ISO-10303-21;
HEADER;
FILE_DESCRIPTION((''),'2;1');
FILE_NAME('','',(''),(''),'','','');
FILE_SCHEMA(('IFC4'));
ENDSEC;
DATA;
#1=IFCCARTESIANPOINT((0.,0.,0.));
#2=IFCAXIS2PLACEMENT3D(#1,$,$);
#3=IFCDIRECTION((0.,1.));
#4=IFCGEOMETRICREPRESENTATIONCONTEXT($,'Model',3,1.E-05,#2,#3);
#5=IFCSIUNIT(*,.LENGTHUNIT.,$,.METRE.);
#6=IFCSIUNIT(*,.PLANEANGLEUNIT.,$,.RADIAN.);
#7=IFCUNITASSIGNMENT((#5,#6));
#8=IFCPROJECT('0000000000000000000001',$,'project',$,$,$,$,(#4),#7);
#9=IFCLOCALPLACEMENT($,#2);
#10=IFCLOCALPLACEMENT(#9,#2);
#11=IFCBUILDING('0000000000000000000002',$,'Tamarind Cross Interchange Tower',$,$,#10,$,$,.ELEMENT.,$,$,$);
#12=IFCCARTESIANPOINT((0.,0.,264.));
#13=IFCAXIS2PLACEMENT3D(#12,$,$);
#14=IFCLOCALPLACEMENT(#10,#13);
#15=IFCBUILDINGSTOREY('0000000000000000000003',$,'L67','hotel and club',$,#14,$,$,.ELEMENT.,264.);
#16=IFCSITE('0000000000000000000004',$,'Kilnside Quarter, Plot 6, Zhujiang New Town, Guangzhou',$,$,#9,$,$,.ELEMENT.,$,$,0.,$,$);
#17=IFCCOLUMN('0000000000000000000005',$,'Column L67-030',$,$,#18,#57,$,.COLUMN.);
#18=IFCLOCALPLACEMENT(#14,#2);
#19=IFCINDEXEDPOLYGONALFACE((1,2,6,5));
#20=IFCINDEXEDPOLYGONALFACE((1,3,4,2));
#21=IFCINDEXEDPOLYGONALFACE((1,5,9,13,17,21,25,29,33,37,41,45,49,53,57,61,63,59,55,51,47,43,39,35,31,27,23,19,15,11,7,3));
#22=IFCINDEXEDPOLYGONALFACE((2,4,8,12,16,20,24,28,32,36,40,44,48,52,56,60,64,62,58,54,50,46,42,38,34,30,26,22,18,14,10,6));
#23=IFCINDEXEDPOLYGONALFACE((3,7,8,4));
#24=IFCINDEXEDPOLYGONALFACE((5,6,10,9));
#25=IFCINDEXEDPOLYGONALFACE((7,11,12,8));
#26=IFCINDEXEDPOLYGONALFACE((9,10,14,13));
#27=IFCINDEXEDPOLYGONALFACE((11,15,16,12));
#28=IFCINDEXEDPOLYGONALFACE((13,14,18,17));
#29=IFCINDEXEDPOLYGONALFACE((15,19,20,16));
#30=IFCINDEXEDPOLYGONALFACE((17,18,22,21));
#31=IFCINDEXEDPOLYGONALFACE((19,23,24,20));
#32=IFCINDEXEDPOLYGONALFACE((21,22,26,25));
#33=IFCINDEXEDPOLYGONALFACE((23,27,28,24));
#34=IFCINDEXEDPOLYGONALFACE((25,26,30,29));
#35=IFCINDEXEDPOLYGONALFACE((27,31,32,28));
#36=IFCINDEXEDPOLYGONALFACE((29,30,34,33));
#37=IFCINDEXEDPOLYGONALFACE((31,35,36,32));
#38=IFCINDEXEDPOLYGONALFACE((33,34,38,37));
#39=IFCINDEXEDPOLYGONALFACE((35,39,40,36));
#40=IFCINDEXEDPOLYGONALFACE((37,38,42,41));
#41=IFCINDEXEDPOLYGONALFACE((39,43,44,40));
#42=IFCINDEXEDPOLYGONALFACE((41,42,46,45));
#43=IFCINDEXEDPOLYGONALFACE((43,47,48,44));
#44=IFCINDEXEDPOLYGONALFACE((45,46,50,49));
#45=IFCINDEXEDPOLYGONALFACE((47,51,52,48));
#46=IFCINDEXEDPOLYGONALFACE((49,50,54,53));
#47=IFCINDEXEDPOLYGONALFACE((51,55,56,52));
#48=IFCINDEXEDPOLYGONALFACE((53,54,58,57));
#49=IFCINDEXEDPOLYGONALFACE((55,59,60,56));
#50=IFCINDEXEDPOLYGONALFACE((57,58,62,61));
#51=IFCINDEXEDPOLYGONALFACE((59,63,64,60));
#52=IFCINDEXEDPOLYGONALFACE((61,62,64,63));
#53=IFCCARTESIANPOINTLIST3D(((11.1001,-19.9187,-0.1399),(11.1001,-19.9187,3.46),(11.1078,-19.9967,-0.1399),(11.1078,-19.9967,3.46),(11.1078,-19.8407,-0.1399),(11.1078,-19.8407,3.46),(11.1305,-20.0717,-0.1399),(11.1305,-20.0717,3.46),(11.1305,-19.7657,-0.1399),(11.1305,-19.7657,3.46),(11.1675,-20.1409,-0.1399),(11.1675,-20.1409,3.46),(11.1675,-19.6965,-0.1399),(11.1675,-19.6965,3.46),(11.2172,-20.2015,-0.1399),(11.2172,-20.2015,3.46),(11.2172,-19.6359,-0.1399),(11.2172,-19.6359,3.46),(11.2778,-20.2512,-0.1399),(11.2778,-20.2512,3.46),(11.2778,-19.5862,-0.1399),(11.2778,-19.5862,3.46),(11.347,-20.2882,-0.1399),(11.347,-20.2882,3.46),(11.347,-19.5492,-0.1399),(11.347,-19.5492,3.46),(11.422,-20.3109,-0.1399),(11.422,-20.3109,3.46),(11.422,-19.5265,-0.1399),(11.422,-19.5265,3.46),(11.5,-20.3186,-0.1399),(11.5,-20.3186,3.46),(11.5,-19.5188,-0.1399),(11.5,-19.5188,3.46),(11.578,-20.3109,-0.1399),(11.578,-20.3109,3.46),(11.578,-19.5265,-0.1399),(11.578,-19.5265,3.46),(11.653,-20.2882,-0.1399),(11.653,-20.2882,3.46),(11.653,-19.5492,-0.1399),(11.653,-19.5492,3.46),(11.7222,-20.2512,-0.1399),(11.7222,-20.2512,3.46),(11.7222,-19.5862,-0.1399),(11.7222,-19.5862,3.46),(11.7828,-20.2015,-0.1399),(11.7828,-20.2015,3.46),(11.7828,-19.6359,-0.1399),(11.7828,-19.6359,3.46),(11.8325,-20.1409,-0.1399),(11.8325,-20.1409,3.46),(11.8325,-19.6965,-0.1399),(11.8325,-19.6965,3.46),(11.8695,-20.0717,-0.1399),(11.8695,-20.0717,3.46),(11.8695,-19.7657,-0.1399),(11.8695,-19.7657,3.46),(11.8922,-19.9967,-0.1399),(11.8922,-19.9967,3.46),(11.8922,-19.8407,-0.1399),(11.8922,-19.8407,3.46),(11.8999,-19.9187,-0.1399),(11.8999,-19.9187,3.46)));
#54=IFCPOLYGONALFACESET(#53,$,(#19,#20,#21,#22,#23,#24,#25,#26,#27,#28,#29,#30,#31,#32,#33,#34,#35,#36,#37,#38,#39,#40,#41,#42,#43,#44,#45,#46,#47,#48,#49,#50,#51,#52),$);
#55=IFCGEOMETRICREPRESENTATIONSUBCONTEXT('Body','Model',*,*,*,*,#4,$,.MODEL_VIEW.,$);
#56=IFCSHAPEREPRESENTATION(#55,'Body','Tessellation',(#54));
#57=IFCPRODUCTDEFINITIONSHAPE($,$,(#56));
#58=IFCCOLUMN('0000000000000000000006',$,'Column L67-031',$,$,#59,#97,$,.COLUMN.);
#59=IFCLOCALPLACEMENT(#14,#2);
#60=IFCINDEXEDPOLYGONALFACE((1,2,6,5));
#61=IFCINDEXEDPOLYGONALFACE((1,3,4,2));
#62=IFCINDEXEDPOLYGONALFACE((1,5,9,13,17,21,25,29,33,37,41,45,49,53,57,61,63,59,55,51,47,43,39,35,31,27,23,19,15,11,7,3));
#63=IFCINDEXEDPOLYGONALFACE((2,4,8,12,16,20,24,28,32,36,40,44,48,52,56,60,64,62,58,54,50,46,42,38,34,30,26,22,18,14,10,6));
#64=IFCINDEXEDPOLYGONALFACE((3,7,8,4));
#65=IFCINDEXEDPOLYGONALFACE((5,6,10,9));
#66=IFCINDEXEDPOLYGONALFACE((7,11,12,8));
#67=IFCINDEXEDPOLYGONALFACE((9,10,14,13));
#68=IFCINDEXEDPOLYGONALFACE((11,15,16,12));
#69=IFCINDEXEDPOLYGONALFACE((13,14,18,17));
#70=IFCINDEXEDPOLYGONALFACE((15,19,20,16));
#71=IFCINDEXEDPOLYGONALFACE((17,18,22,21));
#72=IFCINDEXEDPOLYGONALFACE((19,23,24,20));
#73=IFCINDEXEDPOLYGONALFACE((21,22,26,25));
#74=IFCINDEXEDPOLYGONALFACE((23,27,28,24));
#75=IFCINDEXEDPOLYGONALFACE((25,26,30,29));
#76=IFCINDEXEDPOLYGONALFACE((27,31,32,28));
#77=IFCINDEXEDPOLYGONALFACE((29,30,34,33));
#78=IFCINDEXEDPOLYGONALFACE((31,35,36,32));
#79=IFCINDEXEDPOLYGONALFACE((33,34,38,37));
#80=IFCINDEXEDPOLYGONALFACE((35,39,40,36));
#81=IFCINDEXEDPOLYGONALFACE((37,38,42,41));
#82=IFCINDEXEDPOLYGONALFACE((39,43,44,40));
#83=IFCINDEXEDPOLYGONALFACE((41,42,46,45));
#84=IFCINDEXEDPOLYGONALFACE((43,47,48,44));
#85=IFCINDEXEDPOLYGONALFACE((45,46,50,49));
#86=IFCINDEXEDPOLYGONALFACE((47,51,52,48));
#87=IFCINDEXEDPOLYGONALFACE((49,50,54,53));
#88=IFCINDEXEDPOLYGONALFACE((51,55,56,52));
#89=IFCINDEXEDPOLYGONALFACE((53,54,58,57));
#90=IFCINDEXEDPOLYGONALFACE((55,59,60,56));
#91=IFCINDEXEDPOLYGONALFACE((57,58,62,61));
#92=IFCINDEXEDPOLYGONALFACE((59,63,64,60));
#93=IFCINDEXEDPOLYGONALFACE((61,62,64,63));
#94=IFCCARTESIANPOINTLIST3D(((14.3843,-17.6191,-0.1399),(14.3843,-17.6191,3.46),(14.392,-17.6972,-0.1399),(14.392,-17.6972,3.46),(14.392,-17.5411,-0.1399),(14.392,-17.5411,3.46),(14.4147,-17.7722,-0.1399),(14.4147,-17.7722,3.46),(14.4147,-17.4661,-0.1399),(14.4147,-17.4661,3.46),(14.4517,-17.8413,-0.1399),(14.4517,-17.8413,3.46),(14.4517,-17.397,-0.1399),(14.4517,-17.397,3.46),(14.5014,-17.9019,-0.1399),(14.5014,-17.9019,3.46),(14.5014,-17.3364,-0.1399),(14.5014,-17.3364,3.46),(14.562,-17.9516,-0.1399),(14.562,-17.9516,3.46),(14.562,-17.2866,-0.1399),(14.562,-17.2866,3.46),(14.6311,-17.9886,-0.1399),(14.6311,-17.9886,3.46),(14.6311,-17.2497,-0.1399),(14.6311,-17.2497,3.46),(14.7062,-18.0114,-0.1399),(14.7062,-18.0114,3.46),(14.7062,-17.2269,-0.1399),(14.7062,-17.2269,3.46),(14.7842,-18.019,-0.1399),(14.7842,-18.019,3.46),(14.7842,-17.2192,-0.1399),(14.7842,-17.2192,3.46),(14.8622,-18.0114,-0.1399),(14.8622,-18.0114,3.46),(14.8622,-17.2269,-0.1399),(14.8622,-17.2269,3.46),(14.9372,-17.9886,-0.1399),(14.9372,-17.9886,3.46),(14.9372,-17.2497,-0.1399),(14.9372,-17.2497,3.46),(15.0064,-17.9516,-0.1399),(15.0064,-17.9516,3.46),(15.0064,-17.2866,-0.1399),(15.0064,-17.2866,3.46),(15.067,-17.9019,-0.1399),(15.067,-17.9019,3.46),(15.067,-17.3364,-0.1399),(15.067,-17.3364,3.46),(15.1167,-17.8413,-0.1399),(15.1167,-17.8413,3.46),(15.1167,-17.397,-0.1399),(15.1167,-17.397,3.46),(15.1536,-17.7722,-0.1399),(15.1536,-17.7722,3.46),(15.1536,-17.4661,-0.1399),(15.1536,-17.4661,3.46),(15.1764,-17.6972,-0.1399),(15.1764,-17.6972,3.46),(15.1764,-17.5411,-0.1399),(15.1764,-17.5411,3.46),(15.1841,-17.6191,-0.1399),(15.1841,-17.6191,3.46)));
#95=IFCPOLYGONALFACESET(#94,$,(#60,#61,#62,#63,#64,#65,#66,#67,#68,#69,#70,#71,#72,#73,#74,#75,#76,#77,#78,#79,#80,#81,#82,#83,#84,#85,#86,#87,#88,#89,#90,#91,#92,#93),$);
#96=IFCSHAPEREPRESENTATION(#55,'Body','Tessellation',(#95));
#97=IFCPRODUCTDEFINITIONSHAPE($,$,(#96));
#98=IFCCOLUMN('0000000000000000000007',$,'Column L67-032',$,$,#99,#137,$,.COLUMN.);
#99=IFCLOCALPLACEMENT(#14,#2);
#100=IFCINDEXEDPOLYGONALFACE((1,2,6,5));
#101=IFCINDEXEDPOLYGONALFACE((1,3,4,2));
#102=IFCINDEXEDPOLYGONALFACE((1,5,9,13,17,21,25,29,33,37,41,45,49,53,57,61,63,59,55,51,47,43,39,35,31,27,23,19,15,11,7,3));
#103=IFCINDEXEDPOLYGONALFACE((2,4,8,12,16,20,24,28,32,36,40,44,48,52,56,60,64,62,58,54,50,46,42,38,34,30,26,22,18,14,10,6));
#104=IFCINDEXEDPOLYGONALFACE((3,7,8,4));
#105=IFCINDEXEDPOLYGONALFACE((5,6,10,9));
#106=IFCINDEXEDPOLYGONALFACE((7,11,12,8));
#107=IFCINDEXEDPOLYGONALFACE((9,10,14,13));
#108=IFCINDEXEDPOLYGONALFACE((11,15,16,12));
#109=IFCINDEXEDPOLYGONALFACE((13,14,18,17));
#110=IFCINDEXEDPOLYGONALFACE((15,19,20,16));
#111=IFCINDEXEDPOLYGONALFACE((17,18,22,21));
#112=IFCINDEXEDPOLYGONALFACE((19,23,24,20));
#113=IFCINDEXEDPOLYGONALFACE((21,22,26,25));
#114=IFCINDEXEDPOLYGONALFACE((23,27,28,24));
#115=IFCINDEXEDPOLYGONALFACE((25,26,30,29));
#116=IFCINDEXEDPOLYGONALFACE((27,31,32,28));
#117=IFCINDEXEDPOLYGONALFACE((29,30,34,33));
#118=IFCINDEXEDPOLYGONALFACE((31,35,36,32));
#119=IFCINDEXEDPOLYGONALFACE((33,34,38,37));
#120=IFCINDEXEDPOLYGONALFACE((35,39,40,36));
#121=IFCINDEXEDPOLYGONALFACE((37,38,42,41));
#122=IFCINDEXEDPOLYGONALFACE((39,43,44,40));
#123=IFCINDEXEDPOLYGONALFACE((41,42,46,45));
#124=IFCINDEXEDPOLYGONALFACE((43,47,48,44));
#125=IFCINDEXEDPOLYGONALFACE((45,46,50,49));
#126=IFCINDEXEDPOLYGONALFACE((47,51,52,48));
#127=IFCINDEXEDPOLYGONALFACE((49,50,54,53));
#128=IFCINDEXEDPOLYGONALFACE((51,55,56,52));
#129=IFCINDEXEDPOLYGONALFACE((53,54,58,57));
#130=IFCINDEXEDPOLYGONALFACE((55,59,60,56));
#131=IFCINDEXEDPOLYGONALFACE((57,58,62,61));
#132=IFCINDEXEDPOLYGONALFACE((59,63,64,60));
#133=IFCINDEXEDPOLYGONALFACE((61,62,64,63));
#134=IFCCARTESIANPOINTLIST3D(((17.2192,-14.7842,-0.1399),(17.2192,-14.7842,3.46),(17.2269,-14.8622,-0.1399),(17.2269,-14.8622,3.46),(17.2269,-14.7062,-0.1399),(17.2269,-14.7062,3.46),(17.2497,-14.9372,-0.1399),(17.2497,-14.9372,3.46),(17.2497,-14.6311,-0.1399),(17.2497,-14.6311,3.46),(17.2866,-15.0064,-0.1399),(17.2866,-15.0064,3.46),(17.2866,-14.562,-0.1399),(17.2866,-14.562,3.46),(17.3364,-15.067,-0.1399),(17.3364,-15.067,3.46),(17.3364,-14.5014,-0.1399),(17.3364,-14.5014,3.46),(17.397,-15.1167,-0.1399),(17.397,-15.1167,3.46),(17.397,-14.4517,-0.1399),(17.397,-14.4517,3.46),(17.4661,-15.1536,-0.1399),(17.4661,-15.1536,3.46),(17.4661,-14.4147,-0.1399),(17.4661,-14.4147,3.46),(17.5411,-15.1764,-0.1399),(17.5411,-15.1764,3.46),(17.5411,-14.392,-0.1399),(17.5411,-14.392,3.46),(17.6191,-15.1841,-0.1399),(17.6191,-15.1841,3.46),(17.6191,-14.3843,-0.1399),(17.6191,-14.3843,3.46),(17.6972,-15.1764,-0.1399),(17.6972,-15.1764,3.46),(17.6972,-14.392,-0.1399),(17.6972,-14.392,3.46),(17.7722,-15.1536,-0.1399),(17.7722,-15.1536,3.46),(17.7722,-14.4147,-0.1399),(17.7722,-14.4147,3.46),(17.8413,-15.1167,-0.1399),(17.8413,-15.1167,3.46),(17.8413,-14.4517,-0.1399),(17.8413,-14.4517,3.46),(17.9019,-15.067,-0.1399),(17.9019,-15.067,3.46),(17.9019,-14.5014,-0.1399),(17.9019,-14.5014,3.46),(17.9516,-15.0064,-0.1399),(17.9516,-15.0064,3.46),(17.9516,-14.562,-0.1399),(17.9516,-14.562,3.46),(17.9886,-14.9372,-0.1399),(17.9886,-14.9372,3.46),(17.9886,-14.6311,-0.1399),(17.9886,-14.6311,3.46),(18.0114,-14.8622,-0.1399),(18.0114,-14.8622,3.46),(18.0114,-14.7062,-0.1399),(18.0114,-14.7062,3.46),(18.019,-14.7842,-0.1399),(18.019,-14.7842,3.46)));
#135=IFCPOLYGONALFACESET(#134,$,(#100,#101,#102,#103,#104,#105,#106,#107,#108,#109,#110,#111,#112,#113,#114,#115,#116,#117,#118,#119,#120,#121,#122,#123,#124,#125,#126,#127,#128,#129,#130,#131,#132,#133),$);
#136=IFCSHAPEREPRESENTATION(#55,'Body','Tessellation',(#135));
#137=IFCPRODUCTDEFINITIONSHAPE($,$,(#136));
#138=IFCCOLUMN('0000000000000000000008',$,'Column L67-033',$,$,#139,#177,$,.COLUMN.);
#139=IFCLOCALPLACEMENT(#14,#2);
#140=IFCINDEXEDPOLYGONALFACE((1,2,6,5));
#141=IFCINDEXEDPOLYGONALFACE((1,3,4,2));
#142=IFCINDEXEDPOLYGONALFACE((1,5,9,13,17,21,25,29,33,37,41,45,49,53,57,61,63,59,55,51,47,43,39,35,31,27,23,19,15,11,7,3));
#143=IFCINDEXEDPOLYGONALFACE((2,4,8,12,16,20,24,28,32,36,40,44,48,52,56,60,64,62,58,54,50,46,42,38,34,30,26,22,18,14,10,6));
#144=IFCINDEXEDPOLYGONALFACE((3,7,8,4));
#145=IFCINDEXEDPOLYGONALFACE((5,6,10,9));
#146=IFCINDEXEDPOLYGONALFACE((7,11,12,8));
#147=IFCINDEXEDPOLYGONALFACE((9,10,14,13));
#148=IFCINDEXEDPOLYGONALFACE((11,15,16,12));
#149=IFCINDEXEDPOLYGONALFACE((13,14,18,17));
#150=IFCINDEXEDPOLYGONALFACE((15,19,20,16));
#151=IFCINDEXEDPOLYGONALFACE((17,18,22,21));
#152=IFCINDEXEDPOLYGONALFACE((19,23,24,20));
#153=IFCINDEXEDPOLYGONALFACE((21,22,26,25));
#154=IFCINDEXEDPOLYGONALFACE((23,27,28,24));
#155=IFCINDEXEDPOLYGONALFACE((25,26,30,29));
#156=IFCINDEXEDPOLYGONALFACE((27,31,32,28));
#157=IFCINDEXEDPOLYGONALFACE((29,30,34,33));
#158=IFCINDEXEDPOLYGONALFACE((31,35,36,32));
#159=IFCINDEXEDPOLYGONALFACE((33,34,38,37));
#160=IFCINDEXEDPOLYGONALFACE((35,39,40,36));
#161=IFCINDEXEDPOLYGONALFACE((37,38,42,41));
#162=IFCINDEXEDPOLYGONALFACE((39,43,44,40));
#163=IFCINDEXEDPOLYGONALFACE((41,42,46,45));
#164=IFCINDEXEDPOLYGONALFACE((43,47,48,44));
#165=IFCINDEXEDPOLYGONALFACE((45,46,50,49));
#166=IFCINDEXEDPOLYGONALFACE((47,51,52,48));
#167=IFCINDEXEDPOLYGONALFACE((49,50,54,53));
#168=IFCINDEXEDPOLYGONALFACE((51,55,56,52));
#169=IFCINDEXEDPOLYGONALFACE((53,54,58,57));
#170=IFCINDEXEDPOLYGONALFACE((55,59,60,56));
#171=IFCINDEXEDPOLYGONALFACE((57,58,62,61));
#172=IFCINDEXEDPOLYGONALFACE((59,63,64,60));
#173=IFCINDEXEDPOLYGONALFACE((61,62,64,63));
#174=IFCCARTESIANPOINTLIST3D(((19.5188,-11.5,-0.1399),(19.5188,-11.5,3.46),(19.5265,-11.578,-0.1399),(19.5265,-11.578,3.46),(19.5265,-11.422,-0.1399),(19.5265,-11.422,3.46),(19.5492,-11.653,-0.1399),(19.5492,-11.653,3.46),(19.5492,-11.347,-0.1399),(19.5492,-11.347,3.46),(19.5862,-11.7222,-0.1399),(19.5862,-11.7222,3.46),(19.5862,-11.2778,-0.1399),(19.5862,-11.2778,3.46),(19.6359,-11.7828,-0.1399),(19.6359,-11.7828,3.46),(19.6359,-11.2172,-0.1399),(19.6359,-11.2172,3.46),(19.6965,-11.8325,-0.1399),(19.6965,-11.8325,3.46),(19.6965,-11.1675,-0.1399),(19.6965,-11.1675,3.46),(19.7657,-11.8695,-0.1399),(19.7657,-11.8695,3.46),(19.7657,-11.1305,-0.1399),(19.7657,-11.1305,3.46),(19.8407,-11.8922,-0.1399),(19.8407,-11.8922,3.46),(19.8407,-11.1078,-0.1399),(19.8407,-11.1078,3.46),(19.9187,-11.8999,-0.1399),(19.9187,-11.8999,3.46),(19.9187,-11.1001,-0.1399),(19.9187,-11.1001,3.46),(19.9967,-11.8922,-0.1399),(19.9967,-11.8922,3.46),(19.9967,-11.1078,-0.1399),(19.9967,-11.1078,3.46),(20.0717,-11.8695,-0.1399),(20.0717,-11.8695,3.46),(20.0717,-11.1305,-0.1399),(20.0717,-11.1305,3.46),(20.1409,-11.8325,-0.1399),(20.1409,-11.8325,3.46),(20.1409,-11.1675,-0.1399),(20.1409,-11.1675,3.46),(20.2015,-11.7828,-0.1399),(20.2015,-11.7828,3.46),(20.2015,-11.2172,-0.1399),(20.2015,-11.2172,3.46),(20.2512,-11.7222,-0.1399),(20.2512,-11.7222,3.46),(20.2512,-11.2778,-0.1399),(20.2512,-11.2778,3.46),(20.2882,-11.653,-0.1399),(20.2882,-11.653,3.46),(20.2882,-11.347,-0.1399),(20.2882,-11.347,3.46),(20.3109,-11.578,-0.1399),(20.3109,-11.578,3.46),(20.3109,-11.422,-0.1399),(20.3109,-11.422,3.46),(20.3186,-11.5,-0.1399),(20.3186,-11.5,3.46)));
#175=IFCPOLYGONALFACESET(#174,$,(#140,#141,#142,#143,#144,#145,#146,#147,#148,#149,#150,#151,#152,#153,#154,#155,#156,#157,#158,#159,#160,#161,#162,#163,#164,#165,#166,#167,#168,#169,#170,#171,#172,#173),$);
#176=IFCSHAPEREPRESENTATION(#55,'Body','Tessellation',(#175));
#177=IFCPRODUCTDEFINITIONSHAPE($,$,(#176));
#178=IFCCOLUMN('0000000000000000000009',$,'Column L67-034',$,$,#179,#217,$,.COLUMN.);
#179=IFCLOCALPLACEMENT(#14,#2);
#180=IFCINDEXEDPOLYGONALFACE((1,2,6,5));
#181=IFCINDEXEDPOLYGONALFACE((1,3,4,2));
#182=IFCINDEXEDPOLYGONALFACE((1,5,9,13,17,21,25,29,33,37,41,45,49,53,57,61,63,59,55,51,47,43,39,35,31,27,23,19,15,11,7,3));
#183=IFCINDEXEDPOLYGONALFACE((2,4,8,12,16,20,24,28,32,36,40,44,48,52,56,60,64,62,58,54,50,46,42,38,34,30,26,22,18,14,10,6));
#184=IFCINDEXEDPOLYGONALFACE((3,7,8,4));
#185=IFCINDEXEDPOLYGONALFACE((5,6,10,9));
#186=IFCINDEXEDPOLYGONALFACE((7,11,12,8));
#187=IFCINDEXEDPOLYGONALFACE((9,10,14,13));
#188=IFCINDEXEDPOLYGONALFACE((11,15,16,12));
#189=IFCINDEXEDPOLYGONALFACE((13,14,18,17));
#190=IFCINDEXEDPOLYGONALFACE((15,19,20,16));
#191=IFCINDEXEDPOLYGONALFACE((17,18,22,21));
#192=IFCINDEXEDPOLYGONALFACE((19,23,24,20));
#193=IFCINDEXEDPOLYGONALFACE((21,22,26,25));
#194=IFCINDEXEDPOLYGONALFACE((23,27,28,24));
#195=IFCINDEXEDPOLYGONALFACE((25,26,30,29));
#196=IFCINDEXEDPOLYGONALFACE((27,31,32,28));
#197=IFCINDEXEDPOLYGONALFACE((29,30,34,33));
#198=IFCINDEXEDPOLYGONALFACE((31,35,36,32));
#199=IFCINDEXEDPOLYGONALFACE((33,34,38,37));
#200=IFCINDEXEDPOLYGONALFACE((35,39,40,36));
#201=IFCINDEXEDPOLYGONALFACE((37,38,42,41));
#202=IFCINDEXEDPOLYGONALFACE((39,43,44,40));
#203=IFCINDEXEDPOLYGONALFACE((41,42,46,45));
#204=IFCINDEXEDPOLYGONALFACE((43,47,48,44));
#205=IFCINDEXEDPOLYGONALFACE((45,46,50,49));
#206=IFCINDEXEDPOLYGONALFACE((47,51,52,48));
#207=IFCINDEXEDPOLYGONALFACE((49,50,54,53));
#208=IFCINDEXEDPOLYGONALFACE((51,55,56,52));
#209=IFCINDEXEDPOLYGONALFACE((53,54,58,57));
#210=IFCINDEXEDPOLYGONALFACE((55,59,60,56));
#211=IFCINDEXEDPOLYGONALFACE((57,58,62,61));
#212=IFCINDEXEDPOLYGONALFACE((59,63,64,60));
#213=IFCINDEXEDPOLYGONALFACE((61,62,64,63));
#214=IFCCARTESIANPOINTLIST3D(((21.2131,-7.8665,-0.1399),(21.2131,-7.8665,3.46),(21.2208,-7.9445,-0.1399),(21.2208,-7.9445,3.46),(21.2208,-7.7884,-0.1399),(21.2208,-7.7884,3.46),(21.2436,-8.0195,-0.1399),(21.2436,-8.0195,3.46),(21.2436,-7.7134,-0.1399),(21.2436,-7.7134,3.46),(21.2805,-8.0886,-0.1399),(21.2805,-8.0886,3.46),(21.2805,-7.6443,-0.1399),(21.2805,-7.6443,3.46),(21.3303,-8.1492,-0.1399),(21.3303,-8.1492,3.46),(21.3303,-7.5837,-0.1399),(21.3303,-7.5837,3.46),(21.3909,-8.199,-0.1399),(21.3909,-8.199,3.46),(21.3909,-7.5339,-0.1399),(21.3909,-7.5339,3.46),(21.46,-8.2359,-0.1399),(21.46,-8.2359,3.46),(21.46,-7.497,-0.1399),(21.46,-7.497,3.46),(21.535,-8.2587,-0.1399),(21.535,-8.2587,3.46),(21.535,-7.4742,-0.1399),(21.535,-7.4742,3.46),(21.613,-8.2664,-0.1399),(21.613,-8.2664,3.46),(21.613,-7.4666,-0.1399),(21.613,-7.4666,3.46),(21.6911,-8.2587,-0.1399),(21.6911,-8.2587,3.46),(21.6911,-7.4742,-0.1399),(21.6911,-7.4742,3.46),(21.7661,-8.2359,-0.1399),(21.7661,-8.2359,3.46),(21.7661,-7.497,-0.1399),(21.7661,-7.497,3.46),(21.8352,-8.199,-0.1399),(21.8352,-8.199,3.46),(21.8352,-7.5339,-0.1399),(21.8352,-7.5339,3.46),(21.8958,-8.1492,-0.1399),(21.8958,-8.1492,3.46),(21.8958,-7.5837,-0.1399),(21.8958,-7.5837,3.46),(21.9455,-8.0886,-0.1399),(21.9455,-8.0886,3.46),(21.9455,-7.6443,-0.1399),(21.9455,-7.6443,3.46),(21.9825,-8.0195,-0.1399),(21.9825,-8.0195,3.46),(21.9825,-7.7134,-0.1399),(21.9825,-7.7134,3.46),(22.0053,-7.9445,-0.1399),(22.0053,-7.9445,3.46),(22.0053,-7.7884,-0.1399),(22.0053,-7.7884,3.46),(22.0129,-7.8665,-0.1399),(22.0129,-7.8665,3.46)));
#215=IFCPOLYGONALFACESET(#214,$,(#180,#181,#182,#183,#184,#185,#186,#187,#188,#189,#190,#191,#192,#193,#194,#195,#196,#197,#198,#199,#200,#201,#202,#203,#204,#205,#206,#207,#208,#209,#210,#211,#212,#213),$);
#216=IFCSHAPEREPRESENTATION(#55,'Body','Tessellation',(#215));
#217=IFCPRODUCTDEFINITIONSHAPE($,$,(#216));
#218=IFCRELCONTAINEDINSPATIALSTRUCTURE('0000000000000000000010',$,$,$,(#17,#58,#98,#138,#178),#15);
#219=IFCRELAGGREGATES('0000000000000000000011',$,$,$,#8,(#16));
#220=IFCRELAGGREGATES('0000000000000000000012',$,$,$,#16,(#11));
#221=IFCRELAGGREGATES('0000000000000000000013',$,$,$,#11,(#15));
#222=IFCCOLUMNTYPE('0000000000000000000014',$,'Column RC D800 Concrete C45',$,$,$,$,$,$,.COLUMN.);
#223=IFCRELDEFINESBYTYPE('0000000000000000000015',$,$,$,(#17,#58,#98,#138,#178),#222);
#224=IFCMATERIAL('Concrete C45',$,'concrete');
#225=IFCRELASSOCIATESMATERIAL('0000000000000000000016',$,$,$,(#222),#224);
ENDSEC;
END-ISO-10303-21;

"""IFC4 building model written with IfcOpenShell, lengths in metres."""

from ifc_helpers import new_model, si_unit, direction, frame, origin, origin_2d, place, context, subcontext, project, spatial, circle, extrude, material, material_profile, profile_set, type_object, element, save


model = new_model("IFC4")

# Units and contexts
model_context = context("Model", 3, precision=1e-05, world=origin(), true_north=direction((0.0, 1.0)))
body_context = subcontext(model_context, "Body", "Model", "MODEL_VIEW")
ifc_project = project(units=[si_unit("LENGTHUNIT", "METRE"), si_unit("PLANEANGLEUNIT", "RADIAN")], contexts=[model_context])

# Site, building, storey
site_placement = place(None, origin())
site = spatial("IfcSite", under=ifc_project, at=site_placement, Name="Kilnside Quarter, Plot 6, Zhujiang New Town, Guangzhou", CompositionType="ELEMENT", RefElevation=0.0)
building_placement = place(site_placement, origin())
building = spatial("IfcBuilding", under=site, at=building_placement, Name="Tamarind Cross Interchange Tower", CompositionType="ELEMENT")
storey_placement = place(building_placement, frame((0.0, 0.0, 264.0)))
storey = spatial("IfcBuildingStorey", under=building, at=storey_placement, Name="L67", Description="hotel and club", CompositionType="ELEMENT", Elevation=264.0)

# Columns
ifc_material_1 = material(Name="Concrete C45", Category="concrete")
ifc_material_profile_1 = material_profile(ifc_material_1, circle(Radius=0.3999, at=origin_2d()), Name="RC D800")
ifc_profile_set_1 = profile_set([ifc_material_profile_1], Name="Concrete C45")
column_type = type_object("IfcColumnType", Name="Column RC D800 Concrete C45", PredefinedType="COLUMN", material=ifc_profile_set_1)
for number, where, z_axis, x_axis, name in (
    (1, (11.5, -19.9187, -0.1399), (0.0, 0.0, 1.0), (1.0, 0.0, 0.0), "Column L67-030"),
    (2, (14.7842, -17.6191, -0.1399), (0.0, 0.0, 1.0), (1.0, 0.0, 0.0), "Column L67-031"),
    (3, (17.6191, -14.7842, -0.1399), (0.0, 0.0, 1.0), (1.0, 0.0, 0.0), "Column L67-032"),
    (4, (19.9187, -11.5, -0.1399), (0.0, 0.0, 1.0), (1.0, 0.0, 0.0), "Column L67-033"),
    (5, (21.613, -7.8665, -0.1399), (0.0, 0.0, 1.0), (1.0, 0.0, 0.0), "Column L67-034"),
):
    element("IfcColumn", number, at=place(storey_placement, frame(where, z_axis=z_axis, x_axis=x_axis)), inside=storey, type_object=column_type, Name=name, PredefinedType="COLUMN", context=body_context, shape_type="SweptSolid", body=[
        extrude(circle(Radius=0.3999, at=origin_2d()), origin(), (0.0, 0.0, 1.0), 3.5999),
    ])

save(model, "model.ifc")
